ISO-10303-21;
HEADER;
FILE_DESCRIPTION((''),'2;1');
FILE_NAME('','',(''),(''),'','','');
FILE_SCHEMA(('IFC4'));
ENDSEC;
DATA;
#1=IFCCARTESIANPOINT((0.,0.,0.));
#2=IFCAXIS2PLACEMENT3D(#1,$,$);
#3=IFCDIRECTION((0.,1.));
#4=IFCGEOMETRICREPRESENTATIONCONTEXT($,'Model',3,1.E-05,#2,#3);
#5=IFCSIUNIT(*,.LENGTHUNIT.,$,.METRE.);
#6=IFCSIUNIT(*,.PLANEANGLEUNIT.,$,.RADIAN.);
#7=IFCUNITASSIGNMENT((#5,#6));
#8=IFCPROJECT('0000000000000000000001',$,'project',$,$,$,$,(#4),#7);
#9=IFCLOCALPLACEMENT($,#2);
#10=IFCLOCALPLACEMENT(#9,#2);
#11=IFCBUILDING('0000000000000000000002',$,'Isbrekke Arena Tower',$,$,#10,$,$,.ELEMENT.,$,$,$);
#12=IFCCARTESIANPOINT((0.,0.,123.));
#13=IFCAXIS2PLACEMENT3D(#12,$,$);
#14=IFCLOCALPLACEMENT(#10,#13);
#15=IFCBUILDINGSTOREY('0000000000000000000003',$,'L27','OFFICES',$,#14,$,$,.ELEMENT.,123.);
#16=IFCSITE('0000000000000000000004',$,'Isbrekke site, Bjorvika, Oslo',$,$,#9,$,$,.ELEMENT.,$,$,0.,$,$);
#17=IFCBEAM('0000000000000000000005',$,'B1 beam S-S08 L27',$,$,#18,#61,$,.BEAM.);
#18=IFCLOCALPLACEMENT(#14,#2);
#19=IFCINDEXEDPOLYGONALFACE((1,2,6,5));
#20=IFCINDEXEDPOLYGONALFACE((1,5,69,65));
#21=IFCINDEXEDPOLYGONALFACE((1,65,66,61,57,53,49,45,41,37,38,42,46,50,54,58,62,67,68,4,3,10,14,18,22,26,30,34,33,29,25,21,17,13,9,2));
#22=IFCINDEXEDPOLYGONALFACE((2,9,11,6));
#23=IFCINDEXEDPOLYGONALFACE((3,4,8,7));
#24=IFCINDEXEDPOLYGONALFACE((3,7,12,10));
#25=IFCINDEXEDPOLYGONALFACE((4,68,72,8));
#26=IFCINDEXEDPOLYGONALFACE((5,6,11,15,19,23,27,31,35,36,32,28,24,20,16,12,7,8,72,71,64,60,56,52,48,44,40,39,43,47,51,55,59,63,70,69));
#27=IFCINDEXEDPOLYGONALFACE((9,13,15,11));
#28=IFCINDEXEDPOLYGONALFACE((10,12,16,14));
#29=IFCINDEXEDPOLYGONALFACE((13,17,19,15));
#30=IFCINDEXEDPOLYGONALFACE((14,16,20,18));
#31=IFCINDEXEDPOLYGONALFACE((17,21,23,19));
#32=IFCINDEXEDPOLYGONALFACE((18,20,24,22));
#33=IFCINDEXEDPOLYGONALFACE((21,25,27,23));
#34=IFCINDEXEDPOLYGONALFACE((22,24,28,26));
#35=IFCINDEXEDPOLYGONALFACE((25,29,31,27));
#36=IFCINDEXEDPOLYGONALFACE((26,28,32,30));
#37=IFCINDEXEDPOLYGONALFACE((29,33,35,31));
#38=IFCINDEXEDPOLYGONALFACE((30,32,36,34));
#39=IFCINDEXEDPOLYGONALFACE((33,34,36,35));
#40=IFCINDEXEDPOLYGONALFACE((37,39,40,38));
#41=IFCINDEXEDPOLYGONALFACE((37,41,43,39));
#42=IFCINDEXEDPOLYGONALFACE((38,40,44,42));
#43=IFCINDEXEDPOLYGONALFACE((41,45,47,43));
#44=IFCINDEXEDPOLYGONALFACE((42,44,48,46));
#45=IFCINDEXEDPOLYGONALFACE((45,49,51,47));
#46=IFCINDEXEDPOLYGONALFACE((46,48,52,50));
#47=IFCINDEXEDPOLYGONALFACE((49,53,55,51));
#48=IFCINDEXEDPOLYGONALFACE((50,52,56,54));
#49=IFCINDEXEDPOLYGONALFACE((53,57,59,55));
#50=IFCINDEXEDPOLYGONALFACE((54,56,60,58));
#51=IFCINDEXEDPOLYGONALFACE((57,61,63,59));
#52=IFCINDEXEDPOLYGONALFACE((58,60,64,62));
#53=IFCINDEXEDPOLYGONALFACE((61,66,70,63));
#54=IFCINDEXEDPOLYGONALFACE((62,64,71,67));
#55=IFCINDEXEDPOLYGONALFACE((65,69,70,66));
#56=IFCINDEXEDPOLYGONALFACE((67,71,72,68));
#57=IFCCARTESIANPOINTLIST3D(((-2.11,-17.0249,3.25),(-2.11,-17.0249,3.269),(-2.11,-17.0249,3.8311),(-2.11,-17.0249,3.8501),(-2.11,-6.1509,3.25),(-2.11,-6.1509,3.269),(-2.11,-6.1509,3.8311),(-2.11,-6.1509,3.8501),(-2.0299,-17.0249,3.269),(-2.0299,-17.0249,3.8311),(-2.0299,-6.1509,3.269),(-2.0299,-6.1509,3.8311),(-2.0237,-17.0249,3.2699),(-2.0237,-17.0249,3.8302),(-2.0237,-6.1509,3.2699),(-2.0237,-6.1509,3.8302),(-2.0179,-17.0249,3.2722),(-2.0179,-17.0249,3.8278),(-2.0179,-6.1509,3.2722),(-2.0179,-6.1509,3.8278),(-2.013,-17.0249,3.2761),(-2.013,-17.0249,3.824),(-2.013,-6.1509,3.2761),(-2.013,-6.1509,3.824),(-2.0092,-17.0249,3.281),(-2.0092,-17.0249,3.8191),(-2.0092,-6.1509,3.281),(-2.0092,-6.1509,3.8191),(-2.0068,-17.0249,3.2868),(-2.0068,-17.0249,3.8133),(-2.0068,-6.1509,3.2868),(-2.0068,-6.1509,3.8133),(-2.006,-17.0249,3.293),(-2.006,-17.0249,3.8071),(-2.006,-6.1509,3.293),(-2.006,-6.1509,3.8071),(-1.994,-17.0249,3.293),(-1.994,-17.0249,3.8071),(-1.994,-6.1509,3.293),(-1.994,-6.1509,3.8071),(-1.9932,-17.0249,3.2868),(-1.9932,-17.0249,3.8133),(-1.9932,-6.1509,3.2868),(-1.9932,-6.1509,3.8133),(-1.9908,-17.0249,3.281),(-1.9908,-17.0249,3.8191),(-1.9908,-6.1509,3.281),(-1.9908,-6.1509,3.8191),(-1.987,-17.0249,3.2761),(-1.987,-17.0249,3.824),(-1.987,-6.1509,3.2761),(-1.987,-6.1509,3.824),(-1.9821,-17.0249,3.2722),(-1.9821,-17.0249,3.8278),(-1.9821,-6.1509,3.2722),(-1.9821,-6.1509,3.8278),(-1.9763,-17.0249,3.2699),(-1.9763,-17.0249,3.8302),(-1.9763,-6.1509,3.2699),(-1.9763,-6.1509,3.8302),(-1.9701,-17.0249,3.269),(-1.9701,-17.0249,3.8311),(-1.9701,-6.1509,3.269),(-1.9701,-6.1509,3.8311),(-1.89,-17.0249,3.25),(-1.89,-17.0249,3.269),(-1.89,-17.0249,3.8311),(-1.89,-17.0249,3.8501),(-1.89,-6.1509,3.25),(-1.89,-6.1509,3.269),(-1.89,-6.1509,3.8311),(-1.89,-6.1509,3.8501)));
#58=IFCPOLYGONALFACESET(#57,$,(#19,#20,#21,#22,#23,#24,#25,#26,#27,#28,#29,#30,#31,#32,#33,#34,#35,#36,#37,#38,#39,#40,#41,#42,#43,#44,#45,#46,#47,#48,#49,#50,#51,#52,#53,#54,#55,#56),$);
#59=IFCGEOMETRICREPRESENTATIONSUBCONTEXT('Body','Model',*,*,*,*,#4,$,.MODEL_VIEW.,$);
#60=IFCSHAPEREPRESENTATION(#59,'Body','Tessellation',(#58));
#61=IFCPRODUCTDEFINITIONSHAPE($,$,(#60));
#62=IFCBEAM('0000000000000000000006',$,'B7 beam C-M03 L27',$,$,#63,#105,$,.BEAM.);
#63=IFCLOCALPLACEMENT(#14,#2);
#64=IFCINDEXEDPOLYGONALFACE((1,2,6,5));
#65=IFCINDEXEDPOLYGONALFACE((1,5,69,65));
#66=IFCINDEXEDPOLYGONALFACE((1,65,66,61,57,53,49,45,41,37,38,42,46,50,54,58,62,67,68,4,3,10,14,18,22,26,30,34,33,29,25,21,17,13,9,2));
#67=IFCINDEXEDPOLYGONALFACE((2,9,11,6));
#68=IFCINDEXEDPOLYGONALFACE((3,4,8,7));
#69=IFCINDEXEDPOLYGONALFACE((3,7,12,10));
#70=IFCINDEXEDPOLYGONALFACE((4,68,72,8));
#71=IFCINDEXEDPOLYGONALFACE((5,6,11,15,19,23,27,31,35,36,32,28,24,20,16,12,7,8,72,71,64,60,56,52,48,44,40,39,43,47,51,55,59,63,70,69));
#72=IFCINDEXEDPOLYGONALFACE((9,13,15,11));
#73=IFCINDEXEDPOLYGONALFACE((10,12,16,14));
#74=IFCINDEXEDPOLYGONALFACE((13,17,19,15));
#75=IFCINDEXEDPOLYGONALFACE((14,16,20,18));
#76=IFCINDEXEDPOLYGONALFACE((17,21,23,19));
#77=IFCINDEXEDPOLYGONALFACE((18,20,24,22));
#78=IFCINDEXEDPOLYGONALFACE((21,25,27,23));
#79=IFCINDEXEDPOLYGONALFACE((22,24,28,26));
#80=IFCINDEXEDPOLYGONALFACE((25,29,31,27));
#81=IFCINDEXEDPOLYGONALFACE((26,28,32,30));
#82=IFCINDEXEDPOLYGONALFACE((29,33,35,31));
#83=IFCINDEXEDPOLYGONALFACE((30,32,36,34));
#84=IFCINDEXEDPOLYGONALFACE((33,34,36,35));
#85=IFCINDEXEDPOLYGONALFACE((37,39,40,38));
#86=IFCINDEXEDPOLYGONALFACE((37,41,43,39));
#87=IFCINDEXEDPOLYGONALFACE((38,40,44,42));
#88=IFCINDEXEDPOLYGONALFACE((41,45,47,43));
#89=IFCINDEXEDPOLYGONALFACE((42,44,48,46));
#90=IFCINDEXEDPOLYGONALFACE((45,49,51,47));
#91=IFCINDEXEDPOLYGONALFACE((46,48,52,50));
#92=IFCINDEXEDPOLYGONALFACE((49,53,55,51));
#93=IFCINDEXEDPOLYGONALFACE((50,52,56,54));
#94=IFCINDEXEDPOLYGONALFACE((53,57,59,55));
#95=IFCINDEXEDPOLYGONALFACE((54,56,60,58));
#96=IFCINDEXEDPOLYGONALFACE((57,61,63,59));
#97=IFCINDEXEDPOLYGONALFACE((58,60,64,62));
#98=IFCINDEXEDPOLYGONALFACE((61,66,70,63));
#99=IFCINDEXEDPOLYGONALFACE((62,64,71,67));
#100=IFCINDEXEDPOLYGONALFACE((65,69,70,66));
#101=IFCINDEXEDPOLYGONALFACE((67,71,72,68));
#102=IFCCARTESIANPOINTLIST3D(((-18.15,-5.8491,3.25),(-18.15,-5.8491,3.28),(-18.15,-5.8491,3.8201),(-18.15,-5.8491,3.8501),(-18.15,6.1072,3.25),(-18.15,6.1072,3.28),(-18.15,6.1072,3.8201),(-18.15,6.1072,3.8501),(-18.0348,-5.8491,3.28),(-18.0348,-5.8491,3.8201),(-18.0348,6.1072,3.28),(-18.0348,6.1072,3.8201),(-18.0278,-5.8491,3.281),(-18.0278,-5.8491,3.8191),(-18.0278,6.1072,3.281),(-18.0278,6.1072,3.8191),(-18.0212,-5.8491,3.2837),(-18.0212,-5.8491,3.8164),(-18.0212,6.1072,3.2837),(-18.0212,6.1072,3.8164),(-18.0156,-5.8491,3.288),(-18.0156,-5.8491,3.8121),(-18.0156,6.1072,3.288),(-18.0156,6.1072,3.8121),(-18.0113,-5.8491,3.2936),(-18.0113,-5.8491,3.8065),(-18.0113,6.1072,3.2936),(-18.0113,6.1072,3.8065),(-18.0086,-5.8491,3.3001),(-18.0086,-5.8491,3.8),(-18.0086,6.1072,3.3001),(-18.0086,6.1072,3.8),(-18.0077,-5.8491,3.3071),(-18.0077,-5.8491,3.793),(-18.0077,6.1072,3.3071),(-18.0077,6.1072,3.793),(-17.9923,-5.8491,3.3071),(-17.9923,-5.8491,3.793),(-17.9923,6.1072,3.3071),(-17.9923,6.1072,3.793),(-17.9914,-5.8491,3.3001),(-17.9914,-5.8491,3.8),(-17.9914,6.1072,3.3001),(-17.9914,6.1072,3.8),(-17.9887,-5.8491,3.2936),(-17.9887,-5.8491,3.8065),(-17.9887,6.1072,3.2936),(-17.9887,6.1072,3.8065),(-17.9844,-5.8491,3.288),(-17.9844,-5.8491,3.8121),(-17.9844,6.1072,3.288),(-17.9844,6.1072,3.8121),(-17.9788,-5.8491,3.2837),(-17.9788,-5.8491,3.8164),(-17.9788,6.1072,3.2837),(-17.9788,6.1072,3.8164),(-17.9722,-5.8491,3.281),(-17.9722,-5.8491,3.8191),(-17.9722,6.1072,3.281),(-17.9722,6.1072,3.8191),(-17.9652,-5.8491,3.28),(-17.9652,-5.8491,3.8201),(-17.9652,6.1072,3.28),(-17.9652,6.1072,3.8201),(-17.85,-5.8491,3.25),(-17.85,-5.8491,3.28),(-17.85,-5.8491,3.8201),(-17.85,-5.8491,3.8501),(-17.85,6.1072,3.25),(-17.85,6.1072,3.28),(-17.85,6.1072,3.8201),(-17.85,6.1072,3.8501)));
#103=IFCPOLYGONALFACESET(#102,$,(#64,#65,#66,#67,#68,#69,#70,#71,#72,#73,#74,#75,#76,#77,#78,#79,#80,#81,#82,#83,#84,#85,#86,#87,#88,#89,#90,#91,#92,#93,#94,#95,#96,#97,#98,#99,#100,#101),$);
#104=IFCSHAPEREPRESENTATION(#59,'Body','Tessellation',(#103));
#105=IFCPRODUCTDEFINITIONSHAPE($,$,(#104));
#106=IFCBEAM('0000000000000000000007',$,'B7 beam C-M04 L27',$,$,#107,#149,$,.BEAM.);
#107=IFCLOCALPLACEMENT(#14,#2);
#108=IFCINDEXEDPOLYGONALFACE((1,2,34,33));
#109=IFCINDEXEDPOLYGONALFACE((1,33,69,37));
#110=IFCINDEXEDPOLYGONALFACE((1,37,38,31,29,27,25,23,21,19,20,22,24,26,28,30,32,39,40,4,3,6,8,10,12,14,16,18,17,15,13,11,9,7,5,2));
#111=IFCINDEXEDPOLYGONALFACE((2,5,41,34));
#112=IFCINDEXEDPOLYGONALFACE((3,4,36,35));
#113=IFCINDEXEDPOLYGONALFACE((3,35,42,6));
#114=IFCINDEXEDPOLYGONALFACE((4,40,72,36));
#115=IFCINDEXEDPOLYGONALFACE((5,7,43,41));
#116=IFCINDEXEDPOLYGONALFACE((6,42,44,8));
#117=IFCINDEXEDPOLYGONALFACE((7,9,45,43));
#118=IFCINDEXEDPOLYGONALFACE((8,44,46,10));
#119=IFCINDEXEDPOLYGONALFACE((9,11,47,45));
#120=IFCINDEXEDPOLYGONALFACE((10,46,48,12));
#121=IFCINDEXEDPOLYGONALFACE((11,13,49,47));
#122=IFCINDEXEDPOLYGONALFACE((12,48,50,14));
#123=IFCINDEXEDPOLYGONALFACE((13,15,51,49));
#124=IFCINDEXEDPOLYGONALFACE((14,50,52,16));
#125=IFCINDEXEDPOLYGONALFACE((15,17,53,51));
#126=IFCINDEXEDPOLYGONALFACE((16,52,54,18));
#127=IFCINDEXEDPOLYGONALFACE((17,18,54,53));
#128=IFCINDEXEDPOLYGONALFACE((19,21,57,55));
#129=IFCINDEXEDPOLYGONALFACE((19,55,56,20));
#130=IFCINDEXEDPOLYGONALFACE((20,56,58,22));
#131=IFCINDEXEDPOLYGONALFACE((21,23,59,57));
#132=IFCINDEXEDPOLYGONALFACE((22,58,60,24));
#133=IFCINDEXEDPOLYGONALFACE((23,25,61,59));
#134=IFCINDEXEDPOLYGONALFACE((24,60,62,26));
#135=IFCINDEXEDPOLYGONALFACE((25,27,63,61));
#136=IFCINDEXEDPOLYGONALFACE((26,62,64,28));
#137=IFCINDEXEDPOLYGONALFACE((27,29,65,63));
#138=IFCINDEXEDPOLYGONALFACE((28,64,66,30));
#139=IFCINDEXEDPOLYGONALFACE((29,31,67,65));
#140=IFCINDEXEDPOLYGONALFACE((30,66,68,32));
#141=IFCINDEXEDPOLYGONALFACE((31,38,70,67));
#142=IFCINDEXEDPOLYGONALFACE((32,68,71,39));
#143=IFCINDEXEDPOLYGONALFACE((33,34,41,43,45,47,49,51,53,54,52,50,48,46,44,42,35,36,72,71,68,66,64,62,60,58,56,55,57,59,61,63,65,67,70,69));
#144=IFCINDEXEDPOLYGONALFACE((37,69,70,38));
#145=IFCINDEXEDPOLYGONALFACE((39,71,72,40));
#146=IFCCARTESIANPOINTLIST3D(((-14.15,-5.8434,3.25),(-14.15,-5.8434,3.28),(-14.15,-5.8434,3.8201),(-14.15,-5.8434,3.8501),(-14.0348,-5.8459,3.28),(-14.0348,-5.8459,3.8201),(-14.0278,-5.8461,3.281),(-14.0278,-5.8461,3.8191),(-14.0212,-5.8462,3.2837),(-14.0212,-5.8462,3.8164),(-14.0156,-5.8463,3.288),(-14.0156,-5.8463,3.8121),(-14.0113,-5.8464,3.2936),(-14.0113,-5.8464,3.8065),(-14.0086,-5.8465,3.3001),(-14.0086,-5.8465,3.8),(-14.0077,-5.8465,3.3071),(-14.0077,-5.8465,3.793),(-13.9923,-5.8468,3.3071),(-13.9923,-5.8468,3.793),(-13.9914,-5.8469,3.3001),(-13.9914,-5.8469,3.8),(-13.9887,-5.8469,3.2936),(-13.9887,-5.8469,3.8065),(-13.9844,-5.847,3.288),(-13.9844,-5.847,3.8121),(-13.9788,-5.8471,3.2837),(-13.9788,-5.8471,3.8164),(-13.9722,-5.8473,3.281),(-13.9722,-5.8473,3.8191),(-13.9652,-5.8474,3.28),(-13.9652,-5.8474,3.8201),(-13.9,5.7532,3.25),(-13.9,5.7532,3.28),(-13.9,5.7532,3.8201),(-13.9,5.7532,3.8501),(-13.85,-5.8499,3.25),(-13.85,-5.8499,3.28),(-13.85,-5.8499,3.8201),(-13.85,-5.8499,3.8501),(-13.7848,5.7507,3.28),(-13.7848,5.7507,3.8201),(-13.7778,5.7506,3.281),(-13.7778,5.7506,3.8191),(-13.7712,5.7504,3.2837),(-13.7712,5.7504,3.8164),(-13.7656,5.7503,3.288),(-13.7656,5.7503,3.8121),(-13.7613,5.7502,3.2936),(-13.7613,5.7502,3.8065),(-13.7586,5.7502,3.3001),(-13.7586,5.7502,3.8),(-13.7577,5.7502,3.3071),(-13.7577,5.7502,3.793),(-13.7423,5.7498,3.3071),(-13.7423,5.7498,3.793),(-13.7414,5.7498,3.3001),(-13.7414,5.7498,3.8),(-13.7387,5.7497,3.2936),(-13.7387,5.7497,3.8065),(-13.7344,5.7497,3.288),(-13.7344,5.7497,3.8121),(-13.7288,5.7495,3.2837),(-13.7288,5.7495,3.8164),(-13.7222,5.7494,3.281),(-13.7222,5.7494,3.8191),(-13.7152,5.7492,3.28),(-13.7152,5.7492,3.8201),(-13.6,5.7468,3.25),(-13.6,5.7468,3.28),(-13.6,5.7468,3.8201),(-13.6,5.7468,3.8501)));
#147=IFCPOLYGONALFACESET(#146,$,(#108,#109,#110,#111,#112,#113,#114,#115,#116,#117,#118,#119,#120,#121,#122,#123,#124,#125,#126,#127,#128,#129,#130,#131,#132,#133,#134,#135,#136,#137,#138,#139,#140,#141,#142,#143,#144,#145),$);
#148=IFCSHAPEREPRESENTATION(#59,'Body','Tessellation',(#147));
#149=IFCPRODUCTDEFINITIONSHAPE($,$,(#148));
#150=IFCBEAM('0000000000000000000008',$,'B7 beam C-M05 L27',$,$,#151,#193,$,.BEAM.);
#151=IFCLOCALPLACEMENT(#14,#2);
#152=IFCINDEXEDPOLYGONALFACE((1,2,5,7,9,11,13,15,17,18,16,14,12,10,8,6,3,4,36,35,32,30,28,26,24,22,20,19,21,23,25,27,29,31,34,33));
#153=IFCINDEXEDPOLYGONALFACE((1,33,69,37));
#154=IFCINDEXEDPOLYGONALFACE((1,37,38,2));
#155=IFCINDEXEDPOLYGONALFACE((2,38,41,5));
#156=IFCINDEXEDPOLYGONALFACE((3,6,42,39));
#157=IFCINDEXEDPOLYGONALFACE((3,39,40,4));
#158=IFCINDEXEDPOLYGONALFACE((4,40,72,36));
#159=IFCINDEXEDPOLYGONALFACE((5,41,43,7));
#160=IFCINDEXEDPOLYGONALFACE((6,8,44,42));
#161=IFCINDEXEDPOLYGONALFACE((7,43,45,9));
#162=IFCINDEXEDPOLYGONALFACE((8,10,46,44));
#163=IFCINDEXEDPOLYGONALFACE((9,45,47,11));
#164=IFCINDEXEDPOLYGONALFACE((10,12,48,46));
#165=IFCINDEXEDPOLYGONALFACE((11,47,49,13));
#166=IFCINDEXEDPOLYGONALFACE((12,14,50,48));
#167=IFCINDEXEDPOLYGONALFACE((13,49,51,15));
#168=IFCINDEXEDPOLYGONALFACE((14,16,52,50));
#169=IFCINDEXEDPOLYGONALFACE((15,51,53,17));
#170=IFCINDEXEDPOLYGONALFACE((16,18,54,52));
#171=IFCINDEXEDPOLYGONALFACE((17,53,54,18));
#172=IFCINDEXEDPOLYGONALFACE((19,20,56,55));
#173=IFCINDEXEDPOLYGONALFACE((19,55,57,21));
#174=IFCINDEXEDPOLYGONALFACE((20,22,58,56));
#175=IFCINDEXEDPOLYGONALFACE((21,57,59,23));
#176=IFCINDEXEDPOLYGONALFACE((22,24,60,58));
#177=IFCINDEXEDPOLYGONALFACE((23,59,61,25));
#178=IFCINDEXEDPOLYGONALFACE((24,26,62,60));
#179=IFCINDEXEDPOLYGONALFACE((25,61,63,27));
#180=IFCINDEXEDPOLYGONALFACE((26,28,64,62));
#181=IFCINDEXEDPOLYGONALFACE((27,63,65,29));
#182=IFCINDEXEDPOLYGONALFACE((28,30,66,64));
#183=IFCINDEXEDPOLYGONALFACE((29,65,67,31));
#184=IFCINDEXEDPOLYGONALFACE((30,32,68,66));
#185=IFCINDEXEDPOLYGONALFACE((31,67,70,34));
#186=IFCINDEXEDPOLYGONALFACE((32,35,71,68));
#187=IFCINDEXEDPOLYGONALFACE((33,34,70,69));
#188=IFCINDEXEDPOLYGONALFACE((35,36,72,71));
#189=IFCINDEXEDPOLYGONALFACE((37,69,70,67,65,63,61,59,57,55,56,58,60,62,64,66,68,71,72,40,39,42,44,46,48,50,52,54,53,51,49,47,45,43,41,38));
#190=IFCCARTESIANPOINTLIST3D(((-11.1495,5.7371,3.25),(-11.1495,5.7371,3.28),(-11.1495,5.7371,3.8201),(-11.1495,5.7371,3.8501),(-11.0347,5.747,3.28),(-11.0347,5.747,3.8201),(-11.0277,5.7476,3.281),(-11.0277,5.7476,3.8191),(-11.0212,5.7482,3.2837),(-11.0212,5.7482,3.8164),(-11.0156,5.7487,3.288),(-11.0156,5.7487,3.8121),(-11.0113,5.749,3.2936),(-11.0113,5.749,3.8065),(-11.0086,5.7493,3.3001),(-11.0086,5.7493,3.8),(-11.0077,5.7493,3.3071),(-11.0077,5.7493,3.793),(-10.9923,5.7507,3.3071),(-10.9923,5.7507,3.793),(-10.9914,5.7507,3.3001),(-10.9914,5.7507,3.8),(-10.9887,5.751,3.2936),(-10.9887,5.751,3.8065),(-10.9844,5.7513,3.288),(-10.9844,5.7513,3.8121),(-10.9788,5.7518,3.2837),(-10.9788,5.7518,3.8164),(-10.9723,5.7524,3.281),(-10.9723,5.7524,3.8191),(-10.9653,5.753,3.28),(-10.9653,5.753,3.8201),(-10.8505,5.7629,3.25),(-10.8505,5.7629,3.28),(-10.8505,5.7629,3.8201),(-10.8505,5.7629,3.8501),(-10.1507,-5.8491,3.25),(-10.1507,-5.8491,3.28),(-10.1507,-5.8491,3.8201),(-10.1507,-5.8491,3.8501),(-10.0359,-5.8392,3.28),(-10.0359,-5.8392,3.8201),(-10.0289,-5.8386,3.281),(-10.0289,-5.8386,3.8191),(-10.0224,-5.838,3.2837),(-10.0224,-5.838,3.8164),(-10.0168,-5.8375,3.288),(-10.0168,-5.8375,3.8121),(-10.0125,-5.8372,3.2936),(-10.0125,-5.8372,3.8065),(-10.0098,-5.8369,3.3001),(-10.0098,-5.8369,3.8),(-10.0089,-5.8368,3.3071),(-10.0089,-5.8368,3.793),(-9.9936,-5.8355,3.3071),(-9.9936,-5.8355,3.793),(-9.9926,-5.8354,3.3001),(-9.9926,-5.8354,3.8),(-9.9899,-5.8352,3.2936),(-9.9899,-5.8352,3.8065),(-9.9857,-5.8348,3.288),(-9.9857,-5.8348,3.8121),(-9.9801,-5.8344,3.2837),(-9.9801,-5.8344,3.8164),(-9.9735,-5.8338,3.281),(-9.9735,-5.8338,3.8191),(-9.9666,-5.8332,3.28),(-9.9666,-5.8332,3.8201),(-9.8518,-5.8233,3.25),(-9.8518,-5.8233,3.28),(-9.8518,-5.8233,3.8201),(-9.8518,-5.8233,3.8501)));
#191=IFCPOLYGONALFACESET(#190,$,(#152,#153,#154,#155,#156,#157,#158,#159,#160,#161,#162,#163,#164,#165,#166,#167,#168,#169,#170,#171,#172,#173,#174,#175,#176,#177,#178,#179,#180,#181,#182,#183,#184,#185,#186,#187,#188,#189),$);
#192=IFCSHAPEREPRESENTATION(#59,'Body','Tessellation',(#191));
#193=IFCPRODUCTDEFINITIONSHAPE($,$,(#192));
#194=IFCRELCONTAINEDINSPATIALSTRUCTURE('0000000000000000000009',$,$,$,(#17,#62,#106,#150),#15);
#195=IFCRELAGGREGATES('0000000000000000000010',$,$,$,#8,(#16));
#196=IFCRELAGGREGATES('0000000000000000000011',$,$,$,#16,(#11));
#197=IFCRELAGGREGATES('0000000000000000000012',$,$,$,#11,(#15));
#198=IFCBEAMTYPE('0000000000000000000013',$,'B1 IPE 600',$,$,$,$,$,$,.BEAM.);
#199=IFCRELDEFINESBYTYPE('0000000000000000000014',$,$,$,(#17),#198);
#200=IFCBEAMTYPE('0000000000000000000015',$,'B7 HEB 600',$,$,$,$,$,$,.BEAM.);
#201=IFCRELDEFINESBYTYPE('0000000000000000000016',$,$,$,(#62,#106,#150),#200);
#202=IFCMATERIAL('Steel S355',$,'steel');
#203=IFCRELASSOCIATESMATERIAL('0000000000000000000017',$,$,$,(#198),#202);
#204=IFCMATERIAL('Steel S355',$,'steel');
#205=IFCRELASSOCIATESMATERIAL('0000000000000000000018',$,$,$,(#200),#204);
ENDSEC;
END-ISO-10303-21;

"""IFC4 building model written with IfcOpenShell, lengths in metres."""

from ifc_helpers import new_model, si_unit, direction, frame, origin, origin_2d, place, context, subcontext, project, spatial, i_section, extrude, material, material_profile, profile_set, type_object, element, save


model = new_model("IFC4")

# Units and contexts
model_context = context("Model", 3, precision=1e-05, world=origin(), true_north=direction((0.0, 1.0)))
body_context = subcontext(model_context, "Body", "Model", "MODEL_VIEW")
ifc_project = project(units=[si_unit("LENGTHUNIT", "METRE"), si_unit("PLANEANGLEUNIT", "RADIAN")], contexts=[model_context])

# Site, building, storey
site_placement = place(None, origin())
site = spatial("IfcSite", under=ifc_project, at=site_placement, Name="Isbrekke site, Bjorvika, Oslo", CompositionType="ELEMENT", RefElevation=0.0)
building_placement = place(site_placement, origin())
building = spatial("IfcBuilding", under=site, at=building_placement, Name="Isbrekke Arena Tower", CompositionType="ELEMENT")
storey_placement = place(building_placement, frame((0.0, 0.0, 123.0)))
storey = spatial("IfcBuildingStorey", under=building, at=storey_placement, Name="L27", Description="OFFICES", CompositionType="ELEMENT", Elevation=123.0)

# Beams
ifc_material_1 = material(Name="Steel S355", Category="steel")
ifc_material_profile_1 = material_profile(ifc_material_1, i_section(OverallWidth=0.22, OverallDepth=0.6001, WebThickness=0.012, FlangeThickness=0.019, FilletRadius=0.0239, at=origin_2d()), Name="IPE 600")
ifc_profile_set_1 = profile_set([ifc_material_profile_1], Name="Steel S355")
beam_type_1 = type_object("IfcBeamType", Name="B1 IPE 600", PredefinedType="BEAM", material=ifc_profile_set_1)
for number, where, z_axis, x_axis, name in (
    (1, (-2.0, -17.0249, 3.55), (0.0, 1.0, 0.0), (-1.0, 0.0, 0.0), "B1 beam S-S08 L27"),
):
    element("IfcBeam", number, at=place(storey_placement, frame(where, z_axis=z_axis, x_axis=x_axis)), inside=storey, type_object=beam_type_1, Name=name, PredefinedType="BEAM", context=body_context, shape_type="SweptSolid", body=[
        extrude(i_section(OverallWidth=0.22, OverallDepth=0.6001, WebThickness=0.012, FlangeThickness=0.019, FilletRadius=0.0239, at=origin_2d()), origin(), (0.0, 0.0, 1.0), 10.874),
    ])
ifc_material_2 = material(Name="Steel S355", Category="steel")
ifc_material_profile_2 = material_profile(ifc_material_2, i_section(OverallWidth=0.3, OverallDepth=0.6001, WebThickness=0.0154, FlangeThickness=0.03, FilletRadius=0.0271, at=origin_2d()), Name="HEB 600")
ifc_profile_set_2 = profile_set([ifc_material_profile_2], Name="Steel S355")
beam_type_2 = type_object("IfcBeamType", Name="B7 HEB 600", PredefinedType="BEAM", material=ifc_profile_set_2)
beam_1_placement = place(storey_placement, frame((-18.0, -5.8491, 3.55), z_axis=(0.0, 1.0, 0.0), x_axis=(-1.0, 0.0, 0.0)))
element("IfcBeam", 2, at=beam_1_placement, inside=storey, type_object=beam_type_2, Name="B7 beam C-M03 L27", PredefinedType="BEAM", context=body_context, shape_type="SweptSolid", body=[
    extrude(i_section(OverallWidth=0.3, OverallDepth=0.6001, WebThickness=0.0154, FlangeThickness=0.03, FilletRadius=0.0271, at=origin_2d()), origin(), (0.0, 0.0, 1.0), 11.9563),
])
beam_2_placement = place(storey_placement, frame((-14.0, -5.8467, 3.55), z_axis=(0.021553, 0.999768, 0.0), x_axis=(-0.999768, 0.021553, 0.0)))
element("IfcBeam", 3, at=beam_2_placement, inside=storey, type_object=beam_type_2, Name="B7 beam C-M04 L27", PredefinedType="BEAM", context=body_context, shape_type="SweptSolid", body=[
    extrude(i_section(OverallWidth=0.3, OverallDepth=0.6001, WebThickness=0.0154, FlangeThickness=0.03, FilletRadius=0.0271, at=origin_2d()), origin(), (0.0, 0.0, 1.0), 11.5994),
])
beam_3_placement = place(storey_placement, frame((-10.0012, -5.8362, 3.55), z_axis=(-0.085886, 0.996305, 0.0), x_axis=(-0.996305, -0.085886, 0.0)))
element("IfcBeam", 4, at=beam_3_placement, inside=storey, type_object=beam_type_2, Name="B7 beam C-M05 L27", PredefinedType="BEAM", context=body_context, shape_type="SweptSolid", body=[
    extrude(i_section(OverallWidth=0.3, OverallDepth=0.6001, WebThickness=0.0154, FlangeThickness=0.03, FilletRadius=0.0271, at=origin_2d()), origin(), (0.0, 0.0, 1.0), 11.6292),
])

save(model, "model.ifc")
